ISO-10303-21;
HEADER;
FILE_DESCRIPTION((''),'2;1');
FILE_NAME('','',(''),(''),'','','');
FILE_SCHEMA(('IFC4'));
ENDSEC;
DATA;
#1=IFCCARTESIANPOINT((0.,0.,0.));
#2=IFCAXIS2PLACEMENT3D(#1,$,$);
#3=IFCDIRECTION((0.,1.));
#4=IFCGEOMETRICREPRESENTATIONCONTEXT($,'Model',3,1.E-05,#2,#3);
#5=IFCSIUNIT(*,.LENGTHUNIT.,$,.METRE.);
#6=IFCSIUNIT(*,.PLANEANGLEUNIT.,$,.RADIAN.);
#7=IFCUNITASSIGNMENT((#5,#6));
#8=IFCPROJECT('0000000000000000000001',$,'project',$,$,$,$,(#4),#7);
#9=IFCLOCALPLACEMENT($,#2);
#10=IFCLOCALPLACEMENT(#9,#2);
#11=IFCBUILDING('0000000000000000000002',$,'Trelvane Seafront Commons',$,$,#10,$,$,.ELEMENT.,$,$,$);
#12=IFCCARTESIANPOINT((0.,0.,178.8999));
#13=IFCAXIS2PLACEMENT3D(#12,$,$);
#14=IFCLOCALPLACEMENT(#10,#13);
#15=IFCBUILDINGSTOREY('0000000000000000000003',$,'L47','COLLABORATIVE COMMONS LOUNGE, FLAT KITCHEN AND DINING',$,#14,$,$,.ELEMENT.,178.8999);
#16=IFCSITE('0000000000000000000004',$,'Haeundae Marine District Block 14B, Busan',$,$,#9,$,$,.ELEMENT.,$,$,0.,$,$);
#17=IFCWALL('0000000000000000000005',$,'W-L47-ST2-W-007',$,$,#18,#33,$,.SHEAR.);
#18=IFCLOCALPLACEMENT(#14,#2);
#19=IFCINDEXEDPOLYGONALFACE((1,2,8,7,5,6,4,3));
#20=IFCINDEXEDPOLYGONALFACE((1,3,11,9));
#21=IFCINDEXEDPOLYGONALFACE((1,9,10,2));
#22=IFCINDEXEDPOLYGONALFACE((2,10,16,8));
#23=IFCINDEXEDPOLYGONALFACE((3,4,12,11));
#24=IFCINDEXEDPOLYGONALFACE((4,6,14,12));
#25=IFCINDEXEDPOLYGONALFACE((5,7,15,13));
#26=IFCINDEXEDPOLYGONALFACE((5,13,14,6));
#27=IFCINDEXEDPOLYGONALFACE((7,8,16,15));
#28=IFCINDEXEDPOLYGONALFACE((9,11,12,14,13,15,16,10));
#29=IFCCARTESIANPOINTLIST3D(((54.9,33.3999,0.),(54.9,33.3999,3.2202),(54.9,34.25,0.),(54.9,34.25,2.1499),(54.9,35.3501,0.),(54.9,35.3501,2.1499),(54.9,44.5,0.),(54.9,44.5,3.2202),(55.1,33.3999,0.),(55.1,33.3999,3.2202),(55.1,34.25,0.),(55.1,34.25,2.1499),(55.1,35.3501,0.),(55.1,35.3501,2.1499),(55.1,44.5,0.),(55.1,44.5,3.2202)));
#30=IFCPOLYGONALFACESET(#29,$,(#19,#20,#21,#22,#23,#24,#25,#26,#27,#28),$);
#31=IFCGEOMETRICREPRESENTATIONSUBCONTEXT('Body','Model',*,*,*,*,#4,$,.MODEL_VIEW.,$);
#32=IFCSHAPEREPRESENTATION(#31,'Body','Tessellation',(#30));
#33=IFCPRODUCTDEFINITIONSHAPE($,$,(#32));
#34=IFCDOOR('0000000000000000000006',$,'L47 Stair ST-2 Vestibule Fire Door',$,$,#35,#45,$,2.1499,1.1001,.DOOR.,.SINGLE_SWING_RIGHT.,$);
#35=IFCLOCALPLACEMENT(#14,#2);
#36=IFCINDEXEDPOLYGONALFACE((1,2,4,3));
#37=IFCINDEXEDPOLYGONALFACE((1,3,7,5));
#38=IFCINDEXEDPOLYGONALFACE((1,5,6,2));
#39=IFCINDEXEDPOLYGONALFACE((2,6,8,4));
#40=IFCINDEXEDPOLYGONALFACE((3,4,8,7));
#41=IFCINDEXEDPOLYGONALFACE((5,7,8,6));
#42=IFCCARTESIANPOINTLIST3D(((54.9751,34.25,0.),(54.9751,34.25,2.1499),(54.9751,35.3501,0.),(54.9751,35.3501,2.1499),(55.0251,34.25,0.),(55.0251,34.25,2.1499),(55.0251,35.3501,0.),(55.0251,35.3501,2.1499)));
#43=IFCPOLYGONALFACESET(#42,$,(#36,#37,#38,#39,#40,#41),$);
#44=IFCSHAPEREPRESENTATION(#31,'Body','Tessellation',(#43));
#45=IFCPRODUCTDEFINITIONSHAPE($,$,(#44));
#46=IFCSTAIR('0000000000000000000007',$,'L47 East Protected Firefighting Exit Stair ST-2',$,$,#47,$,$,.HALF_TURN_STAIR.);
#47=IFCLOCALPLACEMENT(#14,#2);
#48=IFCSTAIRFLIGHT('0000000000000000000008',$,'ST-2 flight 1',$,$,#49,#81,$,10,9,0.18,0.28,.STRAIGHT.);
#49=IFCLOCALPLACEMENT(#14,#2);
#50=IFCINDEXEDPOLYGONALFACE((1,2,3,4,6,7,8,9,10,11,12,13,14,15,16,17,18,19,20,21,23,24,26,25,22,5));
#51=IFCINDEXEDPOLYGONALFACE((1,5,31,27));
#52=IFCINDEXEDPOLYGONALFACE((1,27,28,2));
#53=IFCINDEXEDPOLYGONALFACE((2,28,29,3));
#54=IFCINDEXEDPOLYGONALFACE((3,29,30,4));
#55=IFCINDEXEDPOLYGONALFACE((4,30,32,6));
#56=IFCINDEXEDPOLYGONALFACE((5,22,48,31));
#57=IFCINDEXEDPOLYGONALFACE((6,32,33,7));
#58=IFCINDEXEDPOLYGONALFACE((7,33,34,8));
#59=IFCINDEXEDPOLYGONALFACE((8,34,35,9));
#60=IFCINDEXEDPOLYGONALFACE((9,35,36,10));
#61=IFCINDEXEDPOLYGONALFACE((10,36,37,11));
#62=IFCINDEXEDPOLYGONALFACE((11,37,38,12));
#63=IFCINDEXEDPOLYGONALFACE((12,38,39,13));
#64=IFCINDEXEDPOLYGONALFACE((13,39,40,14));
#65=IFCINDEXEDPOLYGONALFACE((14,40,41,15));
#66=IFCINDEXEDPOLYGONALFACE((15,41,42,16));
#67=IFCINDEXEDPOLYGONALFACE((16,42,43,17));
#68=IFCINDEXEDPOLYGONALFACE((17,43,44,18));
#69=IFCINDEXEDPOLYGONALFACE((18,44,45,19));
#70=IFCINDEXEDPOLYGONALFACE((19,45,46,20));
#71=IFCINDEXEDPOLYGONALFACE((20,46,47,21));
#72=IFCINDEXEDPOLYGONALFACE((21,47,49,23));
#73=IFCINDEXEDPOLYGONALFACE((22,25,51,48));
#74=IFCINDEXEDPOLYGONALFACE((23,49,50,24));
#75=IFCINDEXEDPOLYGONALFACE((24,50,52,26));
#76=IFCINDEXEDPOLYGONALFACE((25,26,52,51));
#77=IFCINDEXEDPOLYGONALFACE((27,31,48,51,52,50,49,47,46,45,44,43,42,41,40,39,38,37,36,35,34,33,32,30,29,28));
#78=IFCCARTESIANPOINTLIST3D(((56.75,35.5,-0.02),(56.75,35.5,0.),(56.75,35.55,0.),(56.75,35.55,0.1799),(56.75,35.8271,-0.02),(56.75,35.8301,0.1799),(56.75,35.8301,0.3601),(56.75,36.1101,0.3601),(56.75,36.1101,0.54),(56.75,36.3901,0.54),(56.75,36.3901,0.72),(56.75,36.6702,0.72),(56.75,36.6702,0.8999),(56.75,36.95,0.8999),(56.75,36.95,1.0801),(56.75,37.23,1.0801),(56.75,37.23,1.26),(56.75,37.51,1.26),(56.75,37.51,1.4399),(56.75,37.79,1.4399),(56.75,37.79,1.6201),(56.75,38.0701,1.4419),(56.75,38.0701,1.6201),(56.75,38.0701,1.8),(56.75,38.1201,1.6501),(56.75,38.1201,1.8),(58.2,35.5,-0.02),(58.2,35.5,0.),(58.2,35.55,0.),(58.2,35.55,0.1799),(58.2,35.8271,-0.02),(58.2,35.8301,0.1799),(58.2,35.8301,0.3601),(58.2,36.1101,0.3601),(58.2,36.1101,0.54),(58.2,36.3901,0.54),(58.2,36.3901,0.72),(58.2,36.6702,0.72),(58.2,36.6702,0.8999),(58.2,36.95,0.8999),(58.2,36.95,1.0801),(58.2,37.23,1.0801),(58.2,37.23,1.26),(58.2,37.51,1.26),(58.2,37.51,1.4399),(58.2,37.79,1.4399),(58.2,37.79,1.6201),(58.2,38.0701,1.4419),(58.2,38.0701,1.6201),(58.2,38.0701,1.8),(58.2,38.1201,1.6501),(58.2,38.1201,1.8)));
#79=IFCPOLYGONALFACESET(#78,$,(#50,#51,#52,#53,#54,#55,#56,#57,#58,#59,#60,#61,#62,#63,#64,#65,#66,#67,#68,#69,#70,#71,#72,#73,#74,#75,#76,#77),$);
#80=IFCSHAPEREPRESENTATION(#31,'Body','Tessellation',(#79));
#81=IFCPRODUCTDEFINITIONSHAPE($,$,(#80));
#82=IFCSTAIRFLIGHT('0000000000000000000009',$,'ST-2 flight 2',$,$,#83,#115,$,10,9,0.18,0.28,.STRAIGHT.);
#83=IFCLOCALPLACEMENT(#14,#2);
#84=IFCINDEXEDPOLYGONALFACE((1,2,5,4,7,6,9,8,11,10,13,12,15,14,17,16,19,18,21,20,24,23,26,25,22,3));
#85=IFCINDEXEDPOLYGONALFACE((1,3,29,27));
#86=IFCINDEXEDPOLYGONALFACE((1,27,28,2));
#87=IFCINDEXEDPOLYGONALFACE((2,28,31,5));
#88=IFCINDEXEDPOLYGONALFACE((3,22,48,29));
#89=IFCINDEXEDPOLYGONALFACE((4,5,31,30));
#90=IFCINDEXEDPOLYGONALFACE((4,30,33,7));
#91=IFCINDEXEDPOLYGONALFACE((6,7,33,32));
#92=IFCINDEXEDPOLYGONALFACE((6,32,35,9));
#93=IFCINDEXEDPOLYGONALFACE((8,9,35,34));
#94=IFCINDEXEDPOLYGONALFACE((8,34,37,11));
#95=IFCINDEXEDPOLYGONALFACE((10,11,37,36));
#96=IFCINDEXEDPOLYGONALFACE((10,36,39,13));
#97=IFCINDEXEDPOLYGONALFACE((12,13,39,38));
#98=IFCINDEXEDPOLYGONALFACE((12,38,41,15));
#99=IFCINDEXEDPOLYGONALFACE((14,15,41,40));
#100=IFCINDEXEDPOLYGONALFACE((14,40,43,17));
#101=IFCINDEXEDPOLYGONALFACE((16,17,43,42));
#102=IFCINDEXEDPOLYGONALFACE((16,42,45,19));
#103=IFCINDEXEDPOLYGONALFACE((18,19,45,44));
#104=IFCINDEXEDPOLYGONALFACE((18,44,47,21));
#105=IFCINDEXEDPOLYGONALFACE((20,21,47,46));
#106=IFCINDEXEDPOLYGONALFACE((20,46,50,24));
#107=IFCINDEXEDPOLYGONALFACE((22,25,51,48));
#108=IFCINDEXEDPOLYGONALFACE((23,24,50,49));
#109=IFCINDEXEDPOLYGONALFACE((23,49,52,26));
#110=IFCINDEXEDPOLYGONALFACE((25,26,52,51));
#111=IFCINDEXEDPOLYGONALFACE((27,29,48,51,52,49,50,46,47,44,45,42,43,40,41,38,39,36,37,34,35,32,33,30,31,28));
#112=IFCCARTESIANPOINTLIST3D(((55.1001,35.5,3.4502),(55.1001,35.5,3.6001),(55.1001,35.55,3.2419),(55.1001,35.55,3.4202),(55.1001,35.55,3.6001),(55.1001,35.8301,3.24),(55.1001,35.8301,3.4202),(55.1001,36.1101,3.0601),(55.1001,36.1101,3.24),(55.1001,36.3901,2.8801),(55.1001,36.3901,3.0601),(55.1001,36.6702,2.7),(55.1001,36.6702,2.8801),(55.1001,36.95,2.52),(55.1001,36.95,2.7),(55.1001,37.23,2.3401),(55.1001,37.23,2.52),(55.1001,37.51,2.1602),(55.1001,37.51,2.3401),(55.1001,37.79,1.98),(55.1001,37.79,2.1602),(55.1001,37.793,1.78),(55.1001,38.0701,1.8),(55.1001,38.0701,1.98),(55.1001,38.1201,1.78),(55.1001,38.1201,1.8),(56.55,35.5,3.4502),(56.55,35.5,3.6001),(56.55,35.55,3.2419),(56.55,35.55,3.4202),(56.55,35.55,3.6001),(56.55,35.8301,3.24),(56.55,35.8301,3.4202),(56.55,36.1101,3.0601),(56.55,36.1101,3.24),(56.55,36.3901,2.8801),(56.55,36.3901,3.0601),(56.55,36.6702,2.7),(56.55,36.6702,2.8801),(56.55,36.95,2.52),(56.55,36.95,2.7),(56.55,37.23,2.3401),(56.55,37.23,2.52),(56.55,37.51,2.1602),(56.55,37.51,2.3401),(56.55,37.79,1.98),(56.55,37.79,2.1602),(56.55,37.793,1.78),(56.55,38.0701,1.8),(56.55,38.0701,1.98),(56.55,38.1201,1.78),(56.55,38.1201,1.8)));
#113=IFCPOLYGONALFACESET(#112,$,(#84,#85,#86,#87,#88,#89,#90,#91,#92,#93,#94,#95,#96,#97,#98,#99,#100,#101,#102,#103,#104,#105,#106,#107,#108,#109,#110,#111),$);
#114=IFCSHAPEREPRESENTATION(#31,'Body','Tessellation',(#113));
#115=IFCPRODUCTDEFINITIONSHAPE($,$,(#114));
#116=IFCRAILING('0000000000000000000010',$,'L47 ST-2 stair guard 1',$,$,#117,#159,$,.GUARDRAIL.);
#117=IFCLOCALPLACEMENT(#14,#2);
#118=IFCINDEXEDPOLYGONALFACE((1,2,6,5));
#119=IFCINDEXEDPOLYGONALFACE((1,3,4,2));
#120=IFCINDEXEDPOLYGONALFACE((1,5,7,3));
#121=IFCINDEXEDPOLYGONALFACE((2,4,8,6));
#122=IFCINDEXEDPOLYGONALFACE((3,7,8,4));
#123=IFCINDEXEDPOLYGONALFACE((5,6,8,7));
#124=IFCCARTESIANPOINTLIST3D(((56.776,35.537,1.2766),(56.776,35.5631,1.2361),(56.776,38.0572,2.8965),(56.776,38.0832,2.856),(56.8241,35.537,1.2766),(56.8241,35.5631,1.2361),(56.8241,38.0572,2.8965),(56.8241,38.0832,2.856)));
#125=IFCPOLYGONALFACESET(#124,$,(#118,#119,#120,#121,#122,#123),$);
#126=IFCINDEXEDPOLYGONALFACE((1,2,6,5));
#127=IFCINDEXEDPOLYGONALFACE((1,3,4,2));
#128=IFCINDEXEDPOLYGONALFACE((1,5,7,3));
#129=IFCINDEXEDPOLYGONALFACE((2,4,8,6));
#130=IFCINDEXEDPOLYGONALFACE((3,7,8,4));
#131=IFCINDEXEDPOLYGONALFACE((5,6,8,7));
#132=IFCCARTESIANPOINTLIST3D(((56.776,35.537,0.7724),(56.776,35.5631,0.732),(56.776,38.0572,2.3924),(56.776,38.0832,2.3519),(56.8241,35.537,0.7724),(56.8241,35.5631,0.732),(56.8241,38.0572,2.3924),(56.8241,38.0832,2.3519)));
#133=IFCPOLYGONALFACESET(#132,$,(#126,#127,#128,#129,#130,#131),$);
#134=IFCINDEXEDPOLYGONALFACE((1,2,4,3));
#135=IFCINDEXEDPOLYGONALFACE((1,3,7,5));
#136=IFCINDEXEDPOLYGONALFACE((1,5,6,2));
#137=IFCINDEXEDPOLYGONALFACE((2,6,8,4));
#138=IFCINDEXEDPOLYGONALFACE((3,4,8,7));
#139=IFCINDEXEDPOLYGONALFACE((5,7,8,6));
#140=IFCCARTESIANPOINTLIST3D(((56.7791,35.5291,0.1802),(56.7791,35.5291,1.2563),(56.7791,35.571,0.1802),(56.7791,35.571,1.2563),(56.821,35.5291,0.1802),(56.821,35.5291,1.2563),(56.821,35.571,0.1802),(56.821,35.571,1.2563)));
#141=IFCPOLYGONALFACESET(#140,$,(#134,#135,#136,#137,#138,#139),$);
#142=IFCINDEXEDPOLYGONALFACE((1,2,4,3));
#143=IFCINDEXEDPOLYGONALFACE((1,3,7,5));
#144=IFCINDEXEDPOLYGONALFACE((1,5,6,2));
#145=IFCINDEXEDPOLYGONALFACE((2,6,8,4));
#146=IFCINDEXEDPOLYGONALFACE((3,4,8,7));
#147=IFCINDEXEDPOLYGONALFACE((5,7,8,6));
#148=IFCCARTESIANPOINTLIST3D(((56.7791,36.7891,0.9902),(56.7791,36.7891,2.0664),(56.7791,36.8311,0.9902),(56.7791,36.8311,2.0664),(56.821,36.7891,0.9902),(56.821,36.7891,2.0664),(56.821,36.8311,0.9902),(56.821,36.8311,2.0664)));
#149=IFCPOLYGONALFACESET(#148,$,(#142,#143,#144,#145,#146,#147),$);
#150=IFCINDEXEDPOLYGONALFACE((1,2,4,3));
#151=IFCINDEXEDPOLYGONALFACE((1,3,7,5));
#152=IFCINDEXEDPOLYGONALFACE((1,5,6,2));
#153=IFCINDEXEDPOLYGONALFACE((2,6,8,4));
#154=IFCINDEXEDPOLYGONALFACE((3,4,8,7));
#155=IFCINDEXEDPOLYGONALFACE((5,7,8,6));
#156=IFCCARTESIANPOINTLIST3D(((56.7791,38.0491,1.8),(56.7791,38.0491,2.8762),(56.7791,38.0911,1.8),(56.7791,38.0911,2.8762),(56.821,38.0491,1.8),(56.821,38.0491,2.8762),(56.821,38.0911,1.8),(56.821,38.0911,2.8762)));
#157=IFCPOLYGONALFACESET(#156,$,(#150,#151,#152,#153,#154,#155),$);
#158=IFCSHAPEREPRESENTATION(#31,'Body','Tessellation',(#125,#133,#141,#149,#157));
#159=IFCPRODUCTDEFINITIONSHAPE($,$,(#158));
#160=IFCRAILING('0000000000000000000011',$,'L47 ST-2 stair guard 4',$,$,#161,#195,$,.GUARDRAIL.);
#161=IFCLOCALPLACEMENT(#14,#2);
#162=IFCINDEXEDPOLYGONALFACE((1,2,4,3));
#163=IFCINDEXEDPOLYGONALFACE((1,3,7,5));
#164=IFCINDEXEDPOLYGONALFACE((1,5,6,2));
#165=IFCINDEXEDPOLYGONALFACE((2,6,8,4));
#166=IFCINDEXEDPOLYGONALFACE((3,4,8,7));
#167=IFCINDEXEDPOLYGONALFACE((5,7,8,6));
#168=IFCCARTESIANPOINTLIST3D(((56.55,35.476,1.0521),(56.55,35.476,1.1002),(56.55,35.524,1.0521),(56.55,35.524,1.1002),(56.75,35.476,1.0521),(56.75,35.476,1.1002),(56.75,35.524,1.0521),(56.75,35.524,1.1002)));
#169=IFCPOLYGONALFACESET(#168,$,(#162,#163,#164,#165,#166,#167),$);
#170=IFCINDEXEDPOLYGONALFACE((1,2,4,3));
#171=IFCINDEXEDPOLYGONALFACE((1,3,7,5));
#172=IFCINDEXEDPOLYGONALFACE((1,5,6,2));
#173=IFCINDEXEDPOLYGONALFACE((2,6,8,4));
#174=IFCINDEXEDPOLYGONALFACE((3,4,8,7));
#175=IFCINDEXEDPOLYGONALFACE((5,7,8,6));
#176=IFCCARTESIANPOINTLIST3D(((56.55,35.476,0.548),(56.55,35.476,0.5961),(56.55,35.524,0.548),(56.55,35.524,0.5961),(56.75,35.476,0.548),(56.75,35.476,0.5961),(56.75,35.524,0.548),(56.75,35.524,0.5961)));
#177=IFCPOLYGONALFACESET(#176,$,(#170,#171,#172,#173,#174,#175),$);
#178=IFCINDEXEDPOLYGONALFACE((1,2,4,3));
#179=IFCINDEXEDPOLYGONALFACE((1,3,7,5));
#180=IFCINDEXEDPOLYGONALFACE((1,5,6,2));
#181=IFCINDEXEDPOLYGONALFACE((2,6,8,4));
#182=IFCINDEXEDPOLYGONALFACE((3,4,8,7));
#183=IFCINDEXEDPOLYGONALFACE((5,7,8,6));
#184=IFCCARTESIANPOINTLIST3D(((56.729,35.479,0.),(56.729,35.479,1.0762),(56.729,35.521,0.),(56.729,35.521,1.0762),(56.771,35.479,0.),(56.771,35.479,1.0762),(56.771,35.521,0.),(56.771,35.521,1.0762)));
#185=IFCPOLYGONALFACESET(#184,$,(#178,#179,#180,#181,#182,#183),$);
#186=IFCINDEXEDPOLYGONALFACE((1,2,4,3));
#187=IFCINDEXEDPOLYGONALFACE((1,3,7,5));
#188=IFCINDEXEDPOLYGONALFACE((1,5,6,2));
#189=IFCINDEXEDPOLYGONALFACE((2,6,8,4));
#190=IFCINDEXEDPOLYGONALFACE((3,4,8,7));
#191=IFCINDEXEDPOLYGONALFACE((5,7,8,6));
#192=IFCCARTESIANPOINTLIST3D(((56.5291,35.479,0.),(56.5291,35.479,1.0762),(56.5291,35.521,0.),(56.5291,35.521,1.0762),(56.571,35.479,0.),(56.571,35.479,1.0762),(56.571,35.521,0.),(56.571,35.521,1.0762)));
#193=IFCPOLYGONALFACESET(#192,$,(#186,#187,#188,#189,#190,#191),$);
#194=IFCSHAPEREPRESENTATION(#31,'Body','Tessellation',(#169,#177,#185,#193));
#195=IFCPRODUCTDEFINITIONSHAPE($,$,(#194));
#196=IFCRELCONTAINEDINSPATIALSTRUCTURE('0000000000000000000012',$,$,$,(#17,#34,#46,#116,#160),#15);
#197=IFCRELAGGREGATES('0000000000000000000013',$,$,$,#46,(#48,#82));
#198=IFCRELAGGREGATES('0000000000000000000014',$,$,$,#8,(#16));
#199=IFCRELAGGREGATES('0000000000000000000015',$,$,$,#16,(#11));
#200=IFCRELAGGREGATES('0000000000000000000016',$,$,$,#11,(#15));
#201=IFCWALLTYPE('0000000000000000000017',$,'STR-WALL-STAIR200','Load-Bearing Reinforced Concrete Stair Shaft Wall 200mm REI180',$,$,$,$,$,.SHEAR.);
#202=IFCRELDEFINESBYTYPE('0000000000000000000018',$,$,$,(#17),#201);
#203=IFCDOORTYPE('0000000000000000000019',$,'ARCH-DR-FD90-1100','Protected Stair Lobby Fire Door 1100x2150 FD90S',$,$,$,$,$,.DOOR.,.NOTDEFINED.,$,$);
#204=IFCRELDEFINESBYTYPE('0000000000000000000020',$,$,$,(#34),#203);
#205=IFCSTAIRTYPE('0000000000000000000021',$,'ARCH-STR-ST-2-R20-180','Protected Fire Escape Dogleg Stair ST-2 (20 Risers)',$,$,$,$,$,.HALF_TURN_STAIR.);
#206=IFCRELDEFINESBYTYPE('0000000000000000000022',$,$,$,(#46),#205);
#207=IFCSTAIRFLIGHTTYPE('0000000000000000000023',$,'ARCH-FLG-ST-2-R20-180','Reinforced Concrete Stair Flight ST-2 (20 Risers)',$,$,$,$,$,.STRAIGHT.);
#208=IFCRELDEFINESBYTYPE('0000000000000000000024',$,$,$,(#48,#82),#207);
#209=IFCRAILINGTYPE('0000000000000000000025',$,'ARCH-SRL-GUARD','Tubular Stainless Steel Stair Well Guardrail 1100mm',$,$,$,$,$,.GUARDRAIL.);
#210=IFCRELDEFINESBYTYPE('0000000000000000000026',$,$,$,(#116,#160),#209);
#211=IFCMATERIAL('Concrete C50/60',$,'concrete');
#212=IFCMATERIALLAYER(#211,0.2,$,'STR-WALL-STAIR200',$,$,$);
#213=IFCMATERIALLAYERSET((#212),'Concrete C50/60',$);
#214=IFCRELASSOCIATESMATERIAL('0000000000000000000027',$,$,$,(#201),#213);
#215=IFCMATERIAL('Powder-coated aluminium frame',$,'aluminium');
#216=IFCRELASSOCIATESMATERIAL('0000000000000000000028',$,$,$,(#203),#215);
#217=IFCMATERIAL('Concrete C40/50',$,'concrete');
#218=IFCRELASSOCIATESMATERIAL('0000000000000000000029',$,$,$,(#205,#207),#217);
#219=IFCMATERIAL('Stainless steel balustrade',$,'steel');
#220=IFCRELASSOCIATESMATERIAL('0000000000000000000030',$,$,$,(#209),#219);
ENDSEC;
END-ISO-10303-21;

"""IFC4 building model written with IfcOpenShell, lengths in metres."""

from ifc_helpers import new_model, si_unit, direction, frame, frame_2d, origin, origin_2d, place, context, subcontext, project, spatial, polyline, rectangle, outline, extrude, source, transform, mapped, material, layer, layer_set, type_object, element, fill, aggregate, save


model = new_model("IFC4")

# Units and contexts
model_context = context("Model", 3, precision=1e-05, world=origin(), true_north=direction((0.0, 1.0)))
body_context = subcontext(model_context, "Body", "Model", "MODEL_VIEW")
ifc_project = project(units=[si_unit("LENGTHUNIT", "METRE"), si_unit("PLANEANGLEUNIT", "RADIAN")], contexts=[model_context])

# Site, building, storey
site_placement = place(None, origin())
site = spatial("IfcSite", under=ifc_project, at=site_placement, Name="Haeundae Marine District Block 14B, Busan", CompositionType="ELEMENT", RefElevation=0.0)
building_placement = place(site_placement, origin())
building = spatial("IfcBuilding", under=site, at=building_placement, Name="Trelvane Seafront Commons", CompositionType="ELEMENT")
storey_placement = place(building_placement, frame((0.0, 0.0, 178.8999)))
storey = spatial("IfcBuildingStorey", under=building, at=storey_placement, Name="L47", Description="COLLABORATIVE COMMONS LOUNGE, FLAT KITCHEN AND DINING", CompositionType="ELEMENT", Elevation=178.8999)

# Shared definitions
ifc_material_1 = material(Name="Concrete C50/60", Category="concrete")

# Shared definitions
ifc_material_2 = material(Name="Powder-coated aluminium frame", Category="aluminium")

# Shared definitions
ifc_layer_1 = layer(ifc_material_1, 0.2, Name="STR-WALL-STAIR200")
ifc_layer_set_1 = layer_set([ifc_layer_1], Name="Concrete C50/60")
wall_type_1 = type_object("IfcWallType", Name="STR-WALL-STAIR200", Description="Load-Bearing Reinforced Concrete Stair Shaft Wall 200mm REI180", PredefinedType="SHEAR", material=ifc_layer_set_1)

# Wall, opening, door
wall_1_placement = place(storey_placement, frame((55.0, 33.3999, 0.0), z_axis=(0.0, 0.0, 1.0), x_axis=(0.0, 1.0, 0.0)))
wall_1 = element("IfcWall", 1, at=wall_1_placement, inside=storey, type_object=wall_type_1, Name="W-L47-ST2-W-007", PredefinedType="SHEAR", context=body_context, shape_type="SweptSolid", body=[
    extrude(rectangle(XDim=11.1001, YDim=0.2, at=frame_2d((5.55, 0.0))), origin(), (0.0, 0.0, 1.0), 3.2202),
])
opening_1_placement = place(wall_1_placement, frame((0.8501, 0.0, 0.0)))
opening_1 = element("IfcOpeningElement", 2, at=opening_1_placement, cuts=wall_1, PredefinedType="OPENING", context=body_context, shape_type="SweptSolid", body=[
    extrude(rectangle(XDim=1.1001, YDim=2.1499, at=frame_2d((0.55, 1.075))), frame((0.0, 0.1099, 0.0), z_axis=(0.0, -1.0, 0.0), x_axis=(1.0, 0.0, 0.0)), (0.0, 0.0, 1.0), 0.22),
])
door_type_1 = type_object("IfcDoorType", Name="ARCH-DR-FD90-1100", Description="Protected Stair Lobby Fire Door 1100x2150 FD90S", OperationType="NOTDEFINED", PredefinedType="DOOR", material=ifc_material_2)
shared_shape_1 = source(origin(), body_context, "Body", "SweptSolid", [
    extrude(rectangle(XDim=1.1001, YDim=2.1499, at=frame_2d((0.55, 1.075))), frame((0.0, 0.0249, 0.0), z_axis=(0.0, -1.0, 0.0), x_axis=(1.0, 0.0, 0.0)), (0.0, 0.0, 1.0), 0.05),
])
door_1_placement = place(opening_1_placement, origin())
door_1 = element("IfcDoor", 3, at=door_1_placement, inside=storey, type_object=door_type_1, Name="L47 Stair ST-2 Vestibule Fire Door", OperationType="SINGLE_SWING_RIGHT", OverallHeight=2.1499, OverallWidth=1.1001, PredefinedType="DOOR", context=body_context, shape_type="MappedRepresentation", body=[
    mapped(shared_shape_1, transform((0.0, 0.0, 0.0), x_axis=(1.0, 0.0, 0.0), y_axis=(0.0, 1.0, 0.0), z_axis=(0.0, 0.0, 1.0), scale=1.0)),
])
fill(opening_1, door_1)

# Stair, stair flights
ifc_material_3 = material(Name="Concrete C40/50", Category="concrete")
stair_type = type_object("IfcStairType", Name="ARCH-STR-ST-2-R20-180", Description="Protected Fire Escape Dogleg Stair ST-2 (20 Risers)", PredefinedType="HALF_TURN_STAIR", material=ifc_material_3)
stair_placement = place(storey_placement, origin())
stair = element("IfcStair", 4, at=stair_placement, inside=storey, type_object=stair_type, Name="L47 East Protected Firefighting Exit Stair ST-2", PredefinedType="HALF_TURN_STAIR")
stair_flight_type = type_object("IfcStairFlightType", Name="ARCH-FLG-ST-2-R20-180", Description="Reinforced Concrete Stair Flight ST-2 (20 Risers)", PredefinedType="STRAIGHT", material=ifc_material_3)
shared_shape_2 = source(origin(), body_context, "Body", "SweptSolid", [
    extrude(outline(polyline([(-0.05, -0.02), (-0.05, 0.0), (0.0, 0.0), (0.0, 0.1799), (0.28, 0.1799), (0.28, 0.3601), (0.5601, 0.3601), (0.5601, 0.54), (0.8401, 0.54), (0.8401, 0.72), (1.1201, 0.72), (1.1201, 0.8999), (1.3999, 0.8999), (1.3999, 1.0801), (1.6799, 1.0801), (1.6799, 1.26), (1.96, 1.26), (1.96, 1.4399), (2.24, 1.4399), (2.24, 1.6201), (2.52, 1.6201), (2.52, 1.8), (2.5701, 1.8), (2.5701, 1.6501), (2.52, 1.4419), (0.2771, -0.02), (-0.05, -0.02)])), frame((0.0, 0.7251, 0.0), z_axis=(0.0, -1.0, 0.0), x_axis=(1.0, 0.0, 0.0)), (0.0, 0.0, 1.0), 1.45),
])
stair_flight_1_placement = place(storey_placement, frame((57.4751, 35.55, 0.0), z_axis=(0.0, 0.0, 1.0), x_axis=(0.0, 1.0, 0.0)))
stair_flight_1 = element("IfcStairFlight", 5, at=stair_flight_1_placement, type_object=stair_flight_type, Name="ST-2 flight 1", NumberOfRisers=10, NumberOfTreads=9, PredefinedType="STRAIGHT", RiserHeight=0.18, TreadLength=0.28, context=body_context, shape_type="MappedRepresentation", body=[
    mapped(shared_shape_2, transform((0.0, 0.0, 0.0), x_axis=(1.0, 0.0, 0.0), y_axis=(0.0, 1.0, 0.0), z_axis=(0.0, 0.0, 1.0), scale=1.0)),
])
stair_flight_2_placement = place(storey_placement, frame((55.825, 38.0701, 1.8), z_axis=(0.0, 0.0, 1.0), x_axis=(0.0, -1.0, 0.0)))
stair_flight_2 = element("IfcStairFlight", 6, at=stair_flight_2_placement, type_object=stair_flight_type, Name="ST-2 flight 2", NumberOfRisers=10, NumberOfTreads=9, PredefinedType="STRAIGHT", RiserHeight=0.18, TreadLength=0.28, context=body_context, shape_type="MappedRepresentation", body=[
    mapped(shared_shape_2, transform((0.0, 0.0, 0.0), x_axis=(1.0, 0.0, 0.0), y_axis=(0.0, 1.0, 0.0), z_axis=(0.0, 0.0, 1.0), scale=1.0)),
])
aggregate(stair, [stair_flight_1, stair_flight_2])

# Railings
ifc_material_4 = material(Name="Stainless steel balustrade", Category="steel")
railing_type_1 = type_object("IfcRailingType", Name="ARCH-SRL-GUARD", Description="Tubular Stainless Steel Stair Well Guardrail 1100mm", PredefinedType="GUARDRAIL", material=ifc_material_4)
railing_1_placement = place(storey_placement, frame((56.8, 35.55, 0.1802)))
element("IfcRailing", 7, at=railing_1_placement, inside=storey, type_object=railing_type_1, Name="L47 ST-2 stair guard 1", PredefinedType="GUARDRAIL", context=body_context, shape_type="SweptSolid", body=[
    extrude(rectangle(XDim=0.0481, YDim=0.0481, at=origin_2d()), frame((0.0, 0.0, 1.0762), z_axis=(0.0, 0.8412, 0.540725), x_axis=(-1.0, 0.0, 0.0)), (0.0, 0.0, 1.0), 2.9958),
    extrude(rectangle(XDim=0.0481, YDim=0.0481, at=origin_2d()), frame((0.0, 0.0, 0.572), z_axis=(0.0, 0.8412, 0.540725), x_axis=(-1.0, 0.0, 0.0)), (0.0, 0.0, 1.0), 2.9958),
    extrude(rectangle(XDim=0.042, YDim=0.042, at=origin_2d()), origin(), (0.0, 0.0, 1.0), 1.0762),
    extrude(rectangle(XDim=0.042, YDim=0.042, at=origin_2d()), frame((0.0, 1.26, 0.8101)), (0.0, 0.0, 1.0), 1.0762),
    extrude(rectangle(XDim=0.042, YDim=0.042, at=origin_2d()), frame((0.0, 2.52, 1.6199)), (0.0, 0.0, 1.0), 1.0762),
])
railing_2_placement = place(storey_placement, frame((56.75, 35.5, 0.0)))
element("IfcRailing", 8, at=railing_2_placement, inside=storey, type_object=railing_type_1, Name="L47 ST-2 stair guard 4", PredefinedType="GUARDRAIL", context=body_context, shape_type="SweptSolid", body=[
    extrude(rectangle(XDim=0.0481, YDim=0.0481, at=origin_2d()), frame((0.0, 0.0, 1.0762), z_axis=(-1.0, 0.0, 0.0), x_axis=(0.0, -1.0, 0.0)), (0.0, 0.0, 1.0), 0.2),
    extrude(rectangle(XDim=0.0481, YDim=0.0481, at=origin_2d()), frame((0.0, 0.0, 0.572), z_axis=(-1.0, 0.0, 0.0), x_axis=(0.0, -1.0, 0.0)), (0.0, 0.0, 1.0), 0.2),
    extrude(rectangle(XDim=0.042, YDim=0.042, at=origin_2d()), origin(), (0.0, 0.0, 1.0), 1.0762),
    extrude(rectangle(XDim=0.042, YDim=0.042, at=origin_2d()), frame((-0.2, 0.0, 0.0)), (0.0, 0.0, 1.0), 1.0762),
])

save(model, "model.ifc")
